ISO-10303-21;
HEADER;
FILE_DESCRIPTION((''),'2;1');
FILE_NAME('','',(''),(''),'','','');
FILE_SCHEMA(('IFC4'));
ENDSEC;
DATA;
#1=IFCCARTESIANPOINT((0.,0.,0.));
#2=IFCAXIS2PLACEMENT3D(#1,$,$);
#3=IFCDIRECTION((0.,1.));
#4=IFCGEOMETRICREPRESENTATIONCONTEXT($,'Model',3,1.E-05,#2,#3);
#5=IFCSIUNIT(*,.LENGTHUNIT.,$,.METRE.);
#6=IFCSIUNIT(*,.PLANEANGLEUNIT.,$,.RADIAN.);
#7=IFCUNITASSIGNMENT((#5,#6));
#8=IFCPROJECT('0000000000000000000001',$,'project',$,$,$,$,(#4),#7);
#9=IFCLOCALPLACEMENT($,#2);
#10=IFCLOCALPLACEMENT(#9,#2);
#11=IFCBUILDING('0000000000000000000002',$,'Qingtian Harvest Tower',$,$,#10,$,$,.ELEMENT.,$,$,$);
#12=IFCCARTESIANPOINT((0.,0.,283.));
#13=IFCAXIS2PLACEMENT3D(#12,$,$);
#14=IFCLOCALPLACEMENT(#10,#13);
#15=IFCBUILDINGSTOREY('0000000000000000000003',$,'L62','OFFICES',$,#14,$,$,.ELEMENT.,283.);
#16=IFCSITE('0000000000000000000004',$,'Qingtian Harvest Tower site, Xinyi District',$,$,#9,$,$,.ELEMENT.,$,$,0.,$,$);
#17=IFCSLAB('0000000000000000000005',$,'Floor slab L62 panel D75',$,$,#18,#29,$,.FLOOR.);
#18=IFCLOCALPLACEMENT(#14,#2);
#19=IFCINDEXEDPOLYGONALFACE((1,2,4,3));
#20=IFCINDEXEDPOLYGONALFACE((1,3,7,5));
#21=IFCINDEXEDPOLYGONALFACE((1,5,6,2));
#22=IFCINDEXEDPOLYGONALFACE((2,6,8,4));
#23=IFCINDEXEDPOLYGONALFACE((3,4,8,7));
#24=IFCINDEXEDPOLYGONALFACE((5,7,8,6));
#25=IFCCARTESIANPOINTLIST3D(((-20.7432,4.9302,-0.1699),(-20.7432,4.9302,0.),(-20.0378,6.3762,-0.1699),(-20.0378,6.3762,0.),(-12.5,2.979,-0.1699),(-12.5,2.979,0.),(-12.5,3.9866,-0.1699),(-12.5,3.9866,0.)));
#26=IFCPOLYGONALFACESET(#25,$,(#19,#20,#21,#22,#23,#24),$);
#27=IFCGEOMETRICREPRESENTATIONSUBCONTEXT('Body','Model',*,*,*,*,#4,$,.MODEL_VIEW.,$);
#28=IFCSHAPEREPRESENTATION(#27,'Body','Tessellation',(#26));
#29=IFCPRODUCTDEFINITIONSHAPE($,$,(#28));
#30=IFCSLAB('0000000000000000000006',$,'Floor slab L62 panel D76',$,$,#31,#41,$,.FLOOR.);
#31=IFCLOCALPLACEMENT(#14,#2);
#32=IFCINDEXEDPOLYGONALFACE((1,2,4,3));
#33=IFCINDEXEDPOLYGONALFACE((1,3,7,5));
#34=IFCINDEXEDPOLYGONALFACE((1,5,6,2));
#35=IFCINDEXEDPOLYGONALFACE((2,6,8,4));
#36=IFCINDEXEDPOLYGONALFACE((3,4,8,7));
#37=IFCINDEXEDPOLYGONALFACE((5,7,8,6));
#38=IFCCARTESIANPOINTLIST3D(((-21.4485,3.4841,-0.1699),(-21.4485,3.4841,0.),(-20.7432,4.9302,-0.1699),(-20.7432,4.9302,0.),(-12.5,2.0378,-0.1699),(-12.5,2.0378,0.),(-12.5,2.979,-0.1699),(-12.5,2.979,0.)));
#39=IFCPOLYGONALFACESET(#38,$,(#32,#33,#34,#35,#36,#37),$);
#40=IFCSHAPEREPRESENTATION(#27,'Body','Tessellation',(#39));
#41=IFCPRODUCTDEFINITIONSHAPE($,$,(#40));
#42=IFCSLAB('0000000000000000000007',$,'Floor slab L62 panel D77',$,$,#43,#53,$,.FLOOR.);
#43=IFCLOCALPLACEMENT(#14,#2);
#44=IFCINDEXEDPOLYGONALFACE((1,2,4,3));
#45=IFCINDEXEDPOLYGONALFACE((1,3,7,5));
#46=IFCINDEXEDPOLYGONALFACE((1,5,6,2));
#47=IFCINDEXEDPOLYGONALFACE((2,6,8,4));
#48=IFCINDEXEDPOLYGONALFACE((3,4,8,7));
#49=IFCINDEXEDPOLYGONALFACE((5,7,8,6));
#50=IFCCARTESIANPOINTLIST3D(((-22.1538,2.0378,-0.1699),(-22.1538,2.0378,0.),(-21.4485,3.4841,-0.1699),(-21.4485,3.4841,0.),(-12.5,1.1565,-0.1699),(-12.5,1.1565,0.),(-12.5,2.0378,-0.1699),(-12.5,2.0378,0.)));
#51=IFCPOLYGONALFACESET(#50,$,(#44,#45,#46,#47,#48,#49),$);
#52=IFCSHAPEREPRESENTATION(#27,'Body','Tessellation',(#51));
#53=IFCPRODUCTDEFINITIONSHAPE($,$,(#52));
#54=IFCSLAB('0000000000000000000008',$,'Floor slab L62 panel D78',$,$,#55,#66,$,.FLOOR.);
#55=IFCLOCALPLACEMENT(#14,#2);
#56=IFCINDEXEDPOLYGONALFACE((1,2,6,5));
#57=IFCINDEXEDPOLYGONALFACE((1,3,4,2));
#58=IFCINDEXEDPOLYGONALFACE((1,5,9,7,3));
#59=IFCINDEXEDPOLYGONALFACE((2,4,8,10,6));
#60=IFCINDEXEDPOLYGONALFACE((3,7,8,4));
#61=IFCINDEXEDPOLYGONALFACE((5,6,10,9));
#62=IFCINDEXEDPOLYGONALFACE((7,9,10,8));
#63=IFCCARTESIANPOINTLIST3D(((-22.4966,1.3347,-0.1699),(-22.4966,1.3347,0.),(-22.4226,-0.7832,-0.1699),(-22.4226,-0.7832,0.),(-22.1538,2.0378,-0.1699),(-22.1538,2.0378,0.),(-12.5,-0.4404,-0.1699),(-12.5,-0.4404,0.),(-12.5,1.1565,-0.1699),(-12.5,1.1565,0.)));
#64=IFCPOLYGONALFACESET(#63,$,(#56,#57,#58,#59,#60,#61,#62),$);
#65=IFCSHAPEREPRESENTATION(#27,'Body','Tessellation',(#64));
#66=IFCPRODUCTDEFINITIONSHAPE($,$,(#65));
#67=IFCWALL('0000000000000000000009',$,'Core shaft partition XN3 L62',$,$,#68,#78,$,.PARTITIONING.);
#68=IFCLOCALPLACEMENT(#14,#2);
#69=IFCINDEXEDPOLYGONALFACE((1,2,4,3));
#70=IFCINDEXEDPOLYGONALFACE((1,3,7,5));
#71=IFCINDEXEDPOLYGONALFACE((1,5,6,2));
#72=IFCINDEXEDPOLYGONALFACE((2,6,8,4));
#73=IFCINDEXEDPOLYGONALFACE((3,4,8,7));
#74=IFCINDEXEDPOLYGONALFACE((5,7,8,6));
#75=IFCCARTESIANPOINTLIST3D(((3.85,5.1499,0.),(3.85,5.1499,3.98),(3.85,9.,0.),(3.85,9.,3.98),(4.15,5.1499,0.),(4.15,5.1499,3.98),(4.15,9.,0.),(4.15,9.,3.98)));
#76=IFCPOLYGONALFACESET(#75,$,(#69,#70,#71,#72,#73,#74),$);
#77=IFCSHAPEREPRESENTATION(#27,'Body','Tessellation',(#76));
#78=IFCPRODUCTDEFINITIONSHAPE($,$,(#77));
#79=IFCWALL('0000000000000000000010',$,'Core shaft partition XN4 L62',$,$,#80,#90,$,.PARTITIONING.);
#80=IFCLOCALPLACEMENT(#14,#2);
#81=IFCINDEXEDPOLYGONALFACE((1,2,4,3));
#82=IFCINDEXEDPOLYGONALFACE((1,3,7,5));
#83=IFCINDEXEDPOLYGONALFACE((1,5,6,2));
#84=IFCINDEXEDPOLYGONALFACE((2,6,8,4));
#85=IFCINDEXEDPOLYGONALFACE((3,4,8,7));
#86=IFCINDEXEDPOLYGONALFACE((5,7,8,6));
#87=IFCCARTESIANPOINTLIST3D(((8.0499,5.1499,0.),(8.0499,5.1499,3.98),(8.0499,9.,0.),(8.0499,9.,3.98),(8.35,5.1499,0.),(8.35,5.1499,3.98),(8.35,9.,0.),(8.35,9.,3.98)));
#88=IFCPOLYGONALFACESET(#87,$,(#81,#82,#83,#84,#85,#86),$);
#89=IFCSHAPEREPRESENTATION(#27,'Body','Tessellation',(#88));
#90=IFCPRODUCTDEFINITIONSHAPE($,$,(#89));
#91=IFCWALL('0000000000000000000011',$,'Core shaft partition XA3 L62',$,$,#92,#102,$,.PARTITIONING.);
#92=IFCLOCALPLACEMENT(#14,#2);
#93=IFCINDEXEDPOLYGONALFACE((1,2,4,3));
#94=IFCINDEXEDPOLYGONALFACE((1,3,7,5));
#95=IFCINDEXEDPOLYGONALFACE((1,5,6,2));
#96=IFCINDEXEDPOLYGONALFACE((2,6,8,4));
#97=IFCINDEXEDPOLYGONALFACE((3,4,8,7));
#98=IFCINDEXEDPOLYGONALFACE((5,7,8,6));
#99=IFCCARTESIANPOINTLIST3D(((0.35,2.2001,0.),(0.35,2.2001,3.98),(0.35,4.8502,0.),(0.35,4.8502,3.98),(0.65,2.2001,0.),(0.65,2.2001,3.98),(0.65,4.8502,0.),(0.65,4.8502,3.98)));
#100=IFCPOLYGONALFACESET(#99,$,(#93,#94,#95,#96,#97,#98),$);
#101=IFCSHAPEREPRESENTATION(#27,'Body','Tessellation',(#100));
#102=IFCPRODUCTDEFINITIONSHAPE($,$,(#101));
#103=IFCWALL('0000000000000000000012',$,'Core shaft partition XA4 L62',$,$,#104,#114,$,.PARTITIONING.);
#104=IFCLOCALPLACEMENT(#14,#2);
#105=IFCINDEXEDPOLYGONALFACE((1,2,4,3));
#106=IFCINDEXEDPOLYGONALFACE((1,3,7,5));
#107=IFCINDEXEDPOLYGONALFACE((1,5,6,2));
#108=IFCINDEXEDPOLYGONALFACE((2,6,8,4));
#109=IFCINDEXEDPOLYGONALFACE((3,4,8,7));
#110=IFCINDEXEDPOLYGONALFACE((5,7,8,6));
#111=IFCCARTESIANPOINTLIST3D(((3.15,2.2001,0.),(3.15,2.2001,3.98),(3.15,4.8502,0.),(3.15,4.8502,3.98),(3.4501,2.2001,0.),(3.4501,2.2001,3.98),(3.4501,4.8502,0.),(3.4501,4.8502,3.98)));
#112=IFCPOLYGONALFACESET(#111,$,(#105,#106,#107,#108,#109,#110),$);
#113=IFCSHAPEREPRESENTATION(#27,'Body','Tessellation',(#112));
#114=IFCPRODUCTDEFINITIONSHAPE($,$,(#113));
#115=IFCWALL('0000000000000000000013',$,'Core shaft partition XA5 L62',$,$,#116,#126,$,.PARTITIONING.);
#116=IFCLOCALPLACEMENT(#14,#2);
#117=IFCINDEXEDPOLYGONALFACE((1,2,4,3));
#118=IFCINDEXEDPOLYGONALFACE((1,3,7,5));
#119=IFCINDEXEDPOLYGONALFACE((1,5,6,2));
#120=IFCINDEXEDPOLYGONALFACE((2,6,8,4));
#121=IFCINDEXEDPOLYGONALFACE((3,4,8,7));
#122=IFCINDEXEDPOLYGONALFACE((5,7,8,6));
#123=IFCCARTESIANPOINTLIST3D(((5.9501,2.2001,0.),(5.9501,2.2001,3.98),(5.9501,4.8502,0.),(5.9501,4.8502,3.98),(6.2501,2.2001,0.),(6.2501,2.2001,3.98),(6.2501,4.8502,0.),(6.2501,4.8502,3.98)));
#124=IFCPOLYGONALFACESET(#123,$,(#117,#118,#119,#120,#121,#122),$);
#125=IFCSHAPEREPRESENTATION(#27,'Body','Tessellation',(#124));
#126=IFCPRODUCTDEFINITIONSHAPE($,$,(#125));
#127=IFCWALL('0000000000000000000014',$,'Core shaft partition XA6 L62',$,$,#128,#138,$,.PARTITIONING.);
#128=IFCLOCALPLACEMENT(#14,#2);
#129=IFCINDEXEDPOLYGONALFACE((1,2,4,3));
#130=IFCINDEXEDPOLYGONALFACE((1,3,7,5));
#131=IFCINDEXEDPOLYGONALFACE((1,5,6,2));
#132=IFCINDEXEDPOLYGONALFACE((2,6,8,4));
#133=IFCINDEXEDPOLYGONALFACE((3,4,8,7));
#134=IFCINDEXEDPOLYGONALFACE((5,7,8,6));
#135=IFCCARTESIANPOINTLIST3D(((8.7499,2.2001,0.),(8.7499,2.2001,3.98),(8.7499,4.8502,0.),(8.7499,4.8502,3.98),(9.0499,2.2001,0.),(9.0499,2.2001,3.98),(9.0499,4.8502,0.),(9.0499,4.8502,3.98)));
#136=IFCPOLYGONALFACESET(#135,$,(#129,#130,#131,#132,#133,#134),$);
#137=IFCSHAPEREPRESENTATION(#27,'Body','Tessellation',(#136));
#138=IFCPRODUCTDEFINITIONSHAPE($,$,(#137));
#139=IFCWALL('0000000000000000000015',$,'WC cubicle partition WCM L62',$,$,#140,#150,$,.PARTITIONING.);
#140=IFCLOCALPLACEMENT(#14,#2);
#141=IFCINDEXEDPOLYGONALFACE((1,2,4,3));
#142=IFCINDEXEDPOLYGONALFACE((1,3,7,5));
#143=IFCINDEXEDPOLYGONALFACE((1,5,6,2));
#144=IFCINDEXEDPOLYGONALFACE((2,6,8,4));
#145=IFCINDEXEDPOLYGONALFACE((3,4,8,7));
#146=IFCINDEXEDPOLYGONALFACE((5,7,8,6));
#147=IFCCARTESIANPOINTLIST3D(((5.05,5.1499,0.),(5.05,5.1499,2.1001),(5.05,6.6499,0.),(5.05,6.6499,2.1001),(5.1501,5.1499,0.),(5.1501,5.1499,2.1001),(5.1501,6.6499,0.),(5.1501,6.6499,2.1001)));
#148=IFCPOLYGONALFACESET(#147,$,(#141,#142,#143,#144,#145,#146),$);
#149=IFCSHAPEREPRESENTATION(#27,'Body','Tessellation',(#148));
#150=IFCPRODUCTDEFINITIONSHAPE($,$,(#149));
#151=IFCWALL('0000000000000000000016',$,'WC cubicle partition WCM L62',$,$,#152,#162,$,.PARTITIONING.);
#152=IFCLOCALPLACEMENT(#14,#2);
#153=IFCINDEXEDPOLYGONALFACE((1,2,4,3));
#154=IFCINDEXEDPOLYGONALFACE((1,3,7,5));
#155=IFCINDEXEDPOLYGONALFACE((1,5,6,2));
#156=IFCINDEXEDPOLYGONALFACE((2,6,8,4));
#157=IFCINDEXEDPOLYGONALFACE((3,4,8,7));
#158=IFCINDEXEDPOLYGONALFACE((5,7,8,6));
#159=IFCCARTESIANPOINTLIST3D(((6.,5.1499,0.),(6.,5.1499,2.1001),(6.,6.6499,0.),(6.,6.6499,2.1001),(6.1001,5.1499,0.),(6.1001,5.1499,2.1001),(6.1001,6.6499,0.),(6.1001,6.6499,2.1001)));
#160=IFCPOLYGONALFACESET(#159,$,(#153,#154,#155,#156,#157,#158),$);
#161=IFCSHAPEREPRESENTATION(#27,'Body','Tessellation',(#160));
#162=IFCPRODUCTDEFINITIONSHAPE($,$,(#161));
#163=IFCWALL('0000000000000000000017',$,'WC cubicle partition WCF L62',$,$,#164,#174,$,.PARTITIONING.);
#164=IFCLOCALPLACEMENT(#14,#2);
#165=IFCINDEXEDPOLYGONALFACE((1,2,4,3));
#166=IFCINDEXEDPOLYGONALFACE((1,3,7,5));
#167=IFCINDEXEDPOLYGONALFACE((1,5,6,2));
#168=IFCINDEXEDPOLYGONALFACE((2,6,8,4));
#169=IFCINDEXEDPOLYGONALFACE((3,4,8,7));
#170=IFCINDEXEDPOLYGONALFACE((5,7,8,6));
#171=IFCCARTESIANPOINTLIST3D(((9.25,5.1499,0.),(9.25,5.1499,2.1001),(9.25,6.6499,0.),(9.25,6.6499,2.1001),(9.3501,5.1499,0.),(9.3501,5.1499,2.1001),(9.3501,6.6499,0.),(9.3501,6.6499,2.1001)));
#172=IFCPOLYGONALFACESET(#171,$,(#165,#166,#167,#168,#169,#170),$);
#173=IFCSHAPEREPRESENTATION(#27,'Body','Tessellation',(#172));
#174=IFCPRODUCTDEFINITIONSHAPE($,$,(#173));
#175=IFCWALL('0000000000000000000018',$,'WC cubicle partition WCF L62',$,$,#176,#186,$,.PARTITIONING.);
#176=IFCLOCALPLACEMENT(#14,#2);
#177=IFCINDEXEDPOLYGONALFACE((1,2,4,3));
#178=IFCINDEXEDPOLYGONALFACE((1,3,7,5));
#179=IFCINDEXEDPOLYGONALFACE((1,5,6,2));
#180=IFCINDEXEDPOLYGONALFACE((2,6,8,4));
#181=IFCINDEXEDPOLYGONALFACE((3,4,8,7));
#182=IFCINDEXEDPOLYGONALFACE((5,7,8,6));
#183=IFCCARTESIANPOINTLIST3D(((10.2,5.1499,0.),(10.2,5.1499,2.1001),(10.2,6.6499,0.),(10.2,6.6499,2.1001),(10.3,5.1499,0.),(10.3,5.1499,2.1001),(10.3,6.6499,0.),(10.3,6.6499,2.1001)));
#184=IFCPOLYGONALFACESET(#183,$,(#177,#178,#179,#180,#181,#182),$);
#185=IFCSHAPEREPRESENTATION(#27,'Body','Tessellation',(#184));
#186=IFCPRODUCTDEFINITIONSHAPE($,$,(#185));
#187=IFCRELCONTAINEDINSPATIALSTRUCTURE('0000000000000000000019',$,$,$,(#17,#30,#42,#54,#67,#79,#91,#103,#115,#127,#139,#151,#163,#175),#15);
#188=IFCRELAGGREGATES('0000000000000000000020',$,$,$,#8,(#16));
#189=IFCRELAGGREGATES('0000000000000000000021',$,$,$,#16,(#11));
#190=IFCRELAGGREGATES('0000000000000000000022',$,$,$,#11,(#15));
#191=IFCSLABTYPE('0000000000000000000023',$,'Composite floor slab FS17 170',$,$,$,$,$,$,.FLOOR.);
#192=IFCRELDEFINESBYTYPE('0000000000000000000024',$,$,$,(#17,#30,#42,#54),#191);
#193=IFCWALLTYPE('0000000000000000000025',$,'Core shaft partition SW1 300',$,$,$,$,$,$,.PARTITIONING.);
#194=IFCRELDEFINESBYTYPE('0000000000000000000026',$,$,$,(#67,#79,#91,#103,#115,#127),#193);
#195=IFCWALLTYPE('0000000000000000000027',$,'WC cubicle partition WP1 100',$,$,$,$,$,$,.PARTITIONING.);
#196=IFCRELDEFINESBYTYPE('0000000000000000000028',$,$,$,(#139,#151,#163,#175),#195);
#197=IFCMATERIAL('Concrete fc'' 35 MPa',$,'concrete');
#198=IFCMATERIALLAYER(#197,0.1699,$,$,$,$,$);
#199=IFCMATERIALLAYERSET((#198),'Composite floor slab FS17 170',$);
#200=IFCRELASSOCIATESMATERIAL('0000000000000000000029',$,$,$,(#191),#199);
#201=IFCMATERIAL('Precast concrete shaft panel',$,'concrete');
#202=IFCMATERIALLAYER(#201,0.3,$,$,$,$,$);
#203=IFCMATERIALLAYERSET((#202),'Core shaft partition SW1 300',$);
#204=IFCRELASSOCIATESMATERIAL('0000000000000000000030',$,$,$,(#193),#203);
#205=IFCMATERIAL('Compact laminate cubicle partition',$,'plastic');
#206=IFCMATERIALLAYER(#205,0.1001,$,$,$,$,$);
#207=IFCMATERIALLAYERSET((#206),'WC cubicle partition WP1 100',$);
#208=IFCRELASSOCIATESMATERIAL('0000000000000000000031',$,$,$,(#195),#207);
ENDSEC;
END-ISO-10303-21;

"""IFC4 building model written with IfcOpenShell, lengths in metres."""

from ifc_helpers import new_model, si_unit, direction, frame, frame_2d, origin, place, context, subcontext, project, spatial, polyline, rectangle, outline, extrude, material, layer, layer_set, type_object, element, save


model = new_model("IFC4")

# Units and contexts
model_context = context("Model", 3, precision=1e-05, world=origin(), true_north=direction((0.0, 1.0)))
body_context = subcontext(model_context, "Body", "Model", "MODEL_VIEW")
ifc_project = project(units=[si_unit("LENGTHUNIT", "METRE"), si_unit("PLANEANGLEUNIT", "RADIAN")], contexts=[model_context])

# Site, building, storey
site_placement = place(None, origin())
site = spatial("IfcSite", under=ifc_project, at=site_placement, Name="Qingtian Harvest Tower site, Xinyi District", CompositionType="ELEMENT", RefElevation=0.0)
building_placement = place(site_placement, origin())
building = spatial("IfcBuilding", under=site, at=building_placement, Name="Qingtian Harvest Tower", CompositionType="ELEMENT")
storey_placement = place(building_placement, frame((0.0, 0.0, 283.0)))
storey = spatial("IfcBuildingStorey", under=building, at=storey_placement, Name="L62", Description="OFFICES", CompositionType="ELEMENT", Elevation=283.0)

# Slabs
ifc_material_1 = material(Name="Concrete fc' 35 MPa", Category="concrete")
ifc_layer_1 = layer(ifc_material_1, 0.1699)
ifc_layer_set_1 = layer_set([ifc_layer_1], Name="Composite floor slab FS17 170")
slab_type = type_object("IfcSlabType", Name="Composite floor slab FS17 170", PredefinedType="FLOOR", material=ifc_layer_set_1)
slab_1_placement = place(storey_placement, frame((0.0, 0.0, -0.1699)))
element("IfcSlab", 1, at=slab_1_placement, inside=storey, type_object=slab_type, Name="Floor slab L62 panel D75", PredefinedType="FLOOR", context=body_context, shape_type="SweptSolid", body=[
    extrude(outline(polyline([(-12.5, 2.979), (-20.7432, 4.9302), (-20.0378, 6.3762), (-12.5, 3.9866), (-12.5, 2.979)])), origin(), (0.0, 0.0, 1.0), 0.1699),
])
slab_2_placement = place(storey_placement, frame((0.0, 0.0, -0.1699)))
element("IfcSlab", 2, at=slab_2_placement, inside=storey, type_object=slab_type, Name="Floor slab L62 panel D76", PredefinedType="FLOOR", context=body_context, shape_type="SweptSolid", body=[
    extrude(outline(polyline([(-12.5, 2.0378), (-21.4485, 3.4841), (-20.7432, 4.9302), (-12.5, 2.979), (-12.5, 2.0378)])), origin(), (0.0, 0.0, 1.0), 0.1699),
])
slab_3_placement = place(storey_placement, frame((0.0, 0.0, -0.1699)))
element("IfcSlab", 3, at=slab_3_placement, inside=storey, type_object=slab_type, Name="Floor slab L62 panel D77", PredefinedType="FLOOR", context=body_context, shape_type="SweptSolid", body=[
    extrude(outline(polyline([(-12.5, 1.1565), (-22.1538, 2.0378), (-21.4485, 3.4841), (-12.5, 2.0378), (-12.5, 1.1565)])), origin(), (0.0, 0.0, 1.0), 0.1699),
])
slab_4_placement = place(storey_placement, frame((0.0, 0.0, -0.1699)))
element("IfcSlab", 4, at=slab_4_placement, inside=storey, type_object=slab_type, Name="Floor slab L62 panel D78", PredefinedType="FLOOR", context=body_context, shape_type="SweptSolid", body=[
    extrude(outline(polyline([(-12.5, 1.1565), (-12.5, -0.4404), (-22.4226, -0.7832), (-22.4966, 1.3347), (-22.1538, 2.0378), (-12.5, 1.1565)])), origin(), (0.0, 0.0, 1.0), 0.1699),
])

# Shared definitions
ifc_material_2 = material(Name="Precast concrete shaft panel", Category="concrete")
ifc_layer_2 = layer(ifc_material_2, 0.3)
ifc_layer_set_2 = layer_set([ifc_layer_2], Name="Core shaft partition SW1 300")
wall_type_1 = type_object("IfcWallType", Name="Core shaft partition SW1 300", PredefinedType="PARTITIONING", material=ifc_layer_set_2)

# Walls
for number, where, z_axis, x_axis, name in (
    (5, (4.0, 5.1499, 0.0), (0.0, 0.0, 1.0), (0.0, 1.0, 0.0), "Core shaft partition XN3 L62"),
    (6, (8.2, 5.1499, 0.0), (0.0, 0.0, 1.0), (0.0, 1.0, 0.0), "Core shaft partition XN4 L62"),
):
    element("IfcWall", number, at=place(storey_placement, frame(where, z_axis=z_axis, x_axis=x_axis)), inside=storey, type_object=wall_type_1, Name=name, PredefinedType="PARTITIONING", context=body_context, shape_type="SweptSolid", body=[
        extrude(rectangle(XDim=3.8501, YDim=0.3, at=frame_2d((1.925, 0.0))), origin(), (0.0, 0.0, 1.0), 3.98),
    ])
for number, where, z_axis, x_axis, name in (
    (7, (0.5, 2.2, 0.0), (0.0, 0.0, 1.0), (0.0, 1.0, 0.0), "Core shaft partition XA3 L62"),
    (8, (3.3, 2.2, 0.0), (0.0, 0.0, 1.0), (0.0, 1.0, 0.0), "Core shaft partition XA4 L62"),
    (9, (6.1001, 2.2, 0.0), (0.0, 0.0, 1.0), (0.0, 1.0, 0.0), "Core shaft partition XA5 L62"),
    (10, (8.8999, 2.2, 0.0), (0.0, 0.0, 1.0), (0.0, 1.0, 0.0), "Core shaft partition XA6 L62"),
):
    element("IfcWall", number, at=place(storey_placement, frame(where, z_axis=z_axis, x_axis=x_axis)), inside=storey, type_object=wall_type_1, Name=name, PredefinedType="PARTITIONING", context=body_context, shape_type="SweptSolid", body=[
        extrude(rectangle(XDim=2.6501, YDim=0.3, at=frame_2d((1.3252, 0.0))), origin(), (0.0, 0.0, 1.0), 3.98),
    ])
ifc_material_3 = material(Name="Compact laminate cubicle partition", Category="plastic")
ifc_layer_3 = layer(ifc_material_3, 0.1001)
ifc_layer_set_3 = layer_set([ifc_layer_3], Name="WC cubicle partition WP1 100")
wall_type_2 = type_object("IfcWallType", Name="WC cubicle partition WP1 100", PredefinedType="PARTITIONING", material=ifc_layer_set_3)
for number, where, z_axis, x_axis, name in (
    (11, (5.1001, 5.1499, 0.0), (0.0, 0.0, 1.0), (0.0, 1.0, 0.0), "WC cubicle partition WCM L62"),
    (12, (6.05, 5.1499, 0.0), (0.0, 0.0, 1.0), (0.0, 1.0, 0.0), "WC cubicle partition WCM L62"),
    (13, (9.3, 5.1499, 0.0), (0.0, 0.0, 1.0), (0.0, 1.0, 0.0), "WC cubicle partition WCF L62"),
    (14, (10.25, 5.1499, 0.0), (0.0, 0.0, 1.0), (0.0, 1.0, 0.0), "WC cubicle partition WCF L62"),
):
    element("IfcWall", number, at=place(storey_placement, frame(where, z_axis=z_axis, x_axis=x_axis)), inside=storey, type_object=wall_type_2, Name=name, PredefinedType="PARTITIONING", context=body_context, shape_type="SweptSolid", body=[
        extrude(rectangle(XDim=1.5, YDim=0.1001, at=frame_2d((0.75, 0.0))), origin(), (0.0, 0.0, 1.0), 2.1001),
    ])

save(model, "model.ifc")
